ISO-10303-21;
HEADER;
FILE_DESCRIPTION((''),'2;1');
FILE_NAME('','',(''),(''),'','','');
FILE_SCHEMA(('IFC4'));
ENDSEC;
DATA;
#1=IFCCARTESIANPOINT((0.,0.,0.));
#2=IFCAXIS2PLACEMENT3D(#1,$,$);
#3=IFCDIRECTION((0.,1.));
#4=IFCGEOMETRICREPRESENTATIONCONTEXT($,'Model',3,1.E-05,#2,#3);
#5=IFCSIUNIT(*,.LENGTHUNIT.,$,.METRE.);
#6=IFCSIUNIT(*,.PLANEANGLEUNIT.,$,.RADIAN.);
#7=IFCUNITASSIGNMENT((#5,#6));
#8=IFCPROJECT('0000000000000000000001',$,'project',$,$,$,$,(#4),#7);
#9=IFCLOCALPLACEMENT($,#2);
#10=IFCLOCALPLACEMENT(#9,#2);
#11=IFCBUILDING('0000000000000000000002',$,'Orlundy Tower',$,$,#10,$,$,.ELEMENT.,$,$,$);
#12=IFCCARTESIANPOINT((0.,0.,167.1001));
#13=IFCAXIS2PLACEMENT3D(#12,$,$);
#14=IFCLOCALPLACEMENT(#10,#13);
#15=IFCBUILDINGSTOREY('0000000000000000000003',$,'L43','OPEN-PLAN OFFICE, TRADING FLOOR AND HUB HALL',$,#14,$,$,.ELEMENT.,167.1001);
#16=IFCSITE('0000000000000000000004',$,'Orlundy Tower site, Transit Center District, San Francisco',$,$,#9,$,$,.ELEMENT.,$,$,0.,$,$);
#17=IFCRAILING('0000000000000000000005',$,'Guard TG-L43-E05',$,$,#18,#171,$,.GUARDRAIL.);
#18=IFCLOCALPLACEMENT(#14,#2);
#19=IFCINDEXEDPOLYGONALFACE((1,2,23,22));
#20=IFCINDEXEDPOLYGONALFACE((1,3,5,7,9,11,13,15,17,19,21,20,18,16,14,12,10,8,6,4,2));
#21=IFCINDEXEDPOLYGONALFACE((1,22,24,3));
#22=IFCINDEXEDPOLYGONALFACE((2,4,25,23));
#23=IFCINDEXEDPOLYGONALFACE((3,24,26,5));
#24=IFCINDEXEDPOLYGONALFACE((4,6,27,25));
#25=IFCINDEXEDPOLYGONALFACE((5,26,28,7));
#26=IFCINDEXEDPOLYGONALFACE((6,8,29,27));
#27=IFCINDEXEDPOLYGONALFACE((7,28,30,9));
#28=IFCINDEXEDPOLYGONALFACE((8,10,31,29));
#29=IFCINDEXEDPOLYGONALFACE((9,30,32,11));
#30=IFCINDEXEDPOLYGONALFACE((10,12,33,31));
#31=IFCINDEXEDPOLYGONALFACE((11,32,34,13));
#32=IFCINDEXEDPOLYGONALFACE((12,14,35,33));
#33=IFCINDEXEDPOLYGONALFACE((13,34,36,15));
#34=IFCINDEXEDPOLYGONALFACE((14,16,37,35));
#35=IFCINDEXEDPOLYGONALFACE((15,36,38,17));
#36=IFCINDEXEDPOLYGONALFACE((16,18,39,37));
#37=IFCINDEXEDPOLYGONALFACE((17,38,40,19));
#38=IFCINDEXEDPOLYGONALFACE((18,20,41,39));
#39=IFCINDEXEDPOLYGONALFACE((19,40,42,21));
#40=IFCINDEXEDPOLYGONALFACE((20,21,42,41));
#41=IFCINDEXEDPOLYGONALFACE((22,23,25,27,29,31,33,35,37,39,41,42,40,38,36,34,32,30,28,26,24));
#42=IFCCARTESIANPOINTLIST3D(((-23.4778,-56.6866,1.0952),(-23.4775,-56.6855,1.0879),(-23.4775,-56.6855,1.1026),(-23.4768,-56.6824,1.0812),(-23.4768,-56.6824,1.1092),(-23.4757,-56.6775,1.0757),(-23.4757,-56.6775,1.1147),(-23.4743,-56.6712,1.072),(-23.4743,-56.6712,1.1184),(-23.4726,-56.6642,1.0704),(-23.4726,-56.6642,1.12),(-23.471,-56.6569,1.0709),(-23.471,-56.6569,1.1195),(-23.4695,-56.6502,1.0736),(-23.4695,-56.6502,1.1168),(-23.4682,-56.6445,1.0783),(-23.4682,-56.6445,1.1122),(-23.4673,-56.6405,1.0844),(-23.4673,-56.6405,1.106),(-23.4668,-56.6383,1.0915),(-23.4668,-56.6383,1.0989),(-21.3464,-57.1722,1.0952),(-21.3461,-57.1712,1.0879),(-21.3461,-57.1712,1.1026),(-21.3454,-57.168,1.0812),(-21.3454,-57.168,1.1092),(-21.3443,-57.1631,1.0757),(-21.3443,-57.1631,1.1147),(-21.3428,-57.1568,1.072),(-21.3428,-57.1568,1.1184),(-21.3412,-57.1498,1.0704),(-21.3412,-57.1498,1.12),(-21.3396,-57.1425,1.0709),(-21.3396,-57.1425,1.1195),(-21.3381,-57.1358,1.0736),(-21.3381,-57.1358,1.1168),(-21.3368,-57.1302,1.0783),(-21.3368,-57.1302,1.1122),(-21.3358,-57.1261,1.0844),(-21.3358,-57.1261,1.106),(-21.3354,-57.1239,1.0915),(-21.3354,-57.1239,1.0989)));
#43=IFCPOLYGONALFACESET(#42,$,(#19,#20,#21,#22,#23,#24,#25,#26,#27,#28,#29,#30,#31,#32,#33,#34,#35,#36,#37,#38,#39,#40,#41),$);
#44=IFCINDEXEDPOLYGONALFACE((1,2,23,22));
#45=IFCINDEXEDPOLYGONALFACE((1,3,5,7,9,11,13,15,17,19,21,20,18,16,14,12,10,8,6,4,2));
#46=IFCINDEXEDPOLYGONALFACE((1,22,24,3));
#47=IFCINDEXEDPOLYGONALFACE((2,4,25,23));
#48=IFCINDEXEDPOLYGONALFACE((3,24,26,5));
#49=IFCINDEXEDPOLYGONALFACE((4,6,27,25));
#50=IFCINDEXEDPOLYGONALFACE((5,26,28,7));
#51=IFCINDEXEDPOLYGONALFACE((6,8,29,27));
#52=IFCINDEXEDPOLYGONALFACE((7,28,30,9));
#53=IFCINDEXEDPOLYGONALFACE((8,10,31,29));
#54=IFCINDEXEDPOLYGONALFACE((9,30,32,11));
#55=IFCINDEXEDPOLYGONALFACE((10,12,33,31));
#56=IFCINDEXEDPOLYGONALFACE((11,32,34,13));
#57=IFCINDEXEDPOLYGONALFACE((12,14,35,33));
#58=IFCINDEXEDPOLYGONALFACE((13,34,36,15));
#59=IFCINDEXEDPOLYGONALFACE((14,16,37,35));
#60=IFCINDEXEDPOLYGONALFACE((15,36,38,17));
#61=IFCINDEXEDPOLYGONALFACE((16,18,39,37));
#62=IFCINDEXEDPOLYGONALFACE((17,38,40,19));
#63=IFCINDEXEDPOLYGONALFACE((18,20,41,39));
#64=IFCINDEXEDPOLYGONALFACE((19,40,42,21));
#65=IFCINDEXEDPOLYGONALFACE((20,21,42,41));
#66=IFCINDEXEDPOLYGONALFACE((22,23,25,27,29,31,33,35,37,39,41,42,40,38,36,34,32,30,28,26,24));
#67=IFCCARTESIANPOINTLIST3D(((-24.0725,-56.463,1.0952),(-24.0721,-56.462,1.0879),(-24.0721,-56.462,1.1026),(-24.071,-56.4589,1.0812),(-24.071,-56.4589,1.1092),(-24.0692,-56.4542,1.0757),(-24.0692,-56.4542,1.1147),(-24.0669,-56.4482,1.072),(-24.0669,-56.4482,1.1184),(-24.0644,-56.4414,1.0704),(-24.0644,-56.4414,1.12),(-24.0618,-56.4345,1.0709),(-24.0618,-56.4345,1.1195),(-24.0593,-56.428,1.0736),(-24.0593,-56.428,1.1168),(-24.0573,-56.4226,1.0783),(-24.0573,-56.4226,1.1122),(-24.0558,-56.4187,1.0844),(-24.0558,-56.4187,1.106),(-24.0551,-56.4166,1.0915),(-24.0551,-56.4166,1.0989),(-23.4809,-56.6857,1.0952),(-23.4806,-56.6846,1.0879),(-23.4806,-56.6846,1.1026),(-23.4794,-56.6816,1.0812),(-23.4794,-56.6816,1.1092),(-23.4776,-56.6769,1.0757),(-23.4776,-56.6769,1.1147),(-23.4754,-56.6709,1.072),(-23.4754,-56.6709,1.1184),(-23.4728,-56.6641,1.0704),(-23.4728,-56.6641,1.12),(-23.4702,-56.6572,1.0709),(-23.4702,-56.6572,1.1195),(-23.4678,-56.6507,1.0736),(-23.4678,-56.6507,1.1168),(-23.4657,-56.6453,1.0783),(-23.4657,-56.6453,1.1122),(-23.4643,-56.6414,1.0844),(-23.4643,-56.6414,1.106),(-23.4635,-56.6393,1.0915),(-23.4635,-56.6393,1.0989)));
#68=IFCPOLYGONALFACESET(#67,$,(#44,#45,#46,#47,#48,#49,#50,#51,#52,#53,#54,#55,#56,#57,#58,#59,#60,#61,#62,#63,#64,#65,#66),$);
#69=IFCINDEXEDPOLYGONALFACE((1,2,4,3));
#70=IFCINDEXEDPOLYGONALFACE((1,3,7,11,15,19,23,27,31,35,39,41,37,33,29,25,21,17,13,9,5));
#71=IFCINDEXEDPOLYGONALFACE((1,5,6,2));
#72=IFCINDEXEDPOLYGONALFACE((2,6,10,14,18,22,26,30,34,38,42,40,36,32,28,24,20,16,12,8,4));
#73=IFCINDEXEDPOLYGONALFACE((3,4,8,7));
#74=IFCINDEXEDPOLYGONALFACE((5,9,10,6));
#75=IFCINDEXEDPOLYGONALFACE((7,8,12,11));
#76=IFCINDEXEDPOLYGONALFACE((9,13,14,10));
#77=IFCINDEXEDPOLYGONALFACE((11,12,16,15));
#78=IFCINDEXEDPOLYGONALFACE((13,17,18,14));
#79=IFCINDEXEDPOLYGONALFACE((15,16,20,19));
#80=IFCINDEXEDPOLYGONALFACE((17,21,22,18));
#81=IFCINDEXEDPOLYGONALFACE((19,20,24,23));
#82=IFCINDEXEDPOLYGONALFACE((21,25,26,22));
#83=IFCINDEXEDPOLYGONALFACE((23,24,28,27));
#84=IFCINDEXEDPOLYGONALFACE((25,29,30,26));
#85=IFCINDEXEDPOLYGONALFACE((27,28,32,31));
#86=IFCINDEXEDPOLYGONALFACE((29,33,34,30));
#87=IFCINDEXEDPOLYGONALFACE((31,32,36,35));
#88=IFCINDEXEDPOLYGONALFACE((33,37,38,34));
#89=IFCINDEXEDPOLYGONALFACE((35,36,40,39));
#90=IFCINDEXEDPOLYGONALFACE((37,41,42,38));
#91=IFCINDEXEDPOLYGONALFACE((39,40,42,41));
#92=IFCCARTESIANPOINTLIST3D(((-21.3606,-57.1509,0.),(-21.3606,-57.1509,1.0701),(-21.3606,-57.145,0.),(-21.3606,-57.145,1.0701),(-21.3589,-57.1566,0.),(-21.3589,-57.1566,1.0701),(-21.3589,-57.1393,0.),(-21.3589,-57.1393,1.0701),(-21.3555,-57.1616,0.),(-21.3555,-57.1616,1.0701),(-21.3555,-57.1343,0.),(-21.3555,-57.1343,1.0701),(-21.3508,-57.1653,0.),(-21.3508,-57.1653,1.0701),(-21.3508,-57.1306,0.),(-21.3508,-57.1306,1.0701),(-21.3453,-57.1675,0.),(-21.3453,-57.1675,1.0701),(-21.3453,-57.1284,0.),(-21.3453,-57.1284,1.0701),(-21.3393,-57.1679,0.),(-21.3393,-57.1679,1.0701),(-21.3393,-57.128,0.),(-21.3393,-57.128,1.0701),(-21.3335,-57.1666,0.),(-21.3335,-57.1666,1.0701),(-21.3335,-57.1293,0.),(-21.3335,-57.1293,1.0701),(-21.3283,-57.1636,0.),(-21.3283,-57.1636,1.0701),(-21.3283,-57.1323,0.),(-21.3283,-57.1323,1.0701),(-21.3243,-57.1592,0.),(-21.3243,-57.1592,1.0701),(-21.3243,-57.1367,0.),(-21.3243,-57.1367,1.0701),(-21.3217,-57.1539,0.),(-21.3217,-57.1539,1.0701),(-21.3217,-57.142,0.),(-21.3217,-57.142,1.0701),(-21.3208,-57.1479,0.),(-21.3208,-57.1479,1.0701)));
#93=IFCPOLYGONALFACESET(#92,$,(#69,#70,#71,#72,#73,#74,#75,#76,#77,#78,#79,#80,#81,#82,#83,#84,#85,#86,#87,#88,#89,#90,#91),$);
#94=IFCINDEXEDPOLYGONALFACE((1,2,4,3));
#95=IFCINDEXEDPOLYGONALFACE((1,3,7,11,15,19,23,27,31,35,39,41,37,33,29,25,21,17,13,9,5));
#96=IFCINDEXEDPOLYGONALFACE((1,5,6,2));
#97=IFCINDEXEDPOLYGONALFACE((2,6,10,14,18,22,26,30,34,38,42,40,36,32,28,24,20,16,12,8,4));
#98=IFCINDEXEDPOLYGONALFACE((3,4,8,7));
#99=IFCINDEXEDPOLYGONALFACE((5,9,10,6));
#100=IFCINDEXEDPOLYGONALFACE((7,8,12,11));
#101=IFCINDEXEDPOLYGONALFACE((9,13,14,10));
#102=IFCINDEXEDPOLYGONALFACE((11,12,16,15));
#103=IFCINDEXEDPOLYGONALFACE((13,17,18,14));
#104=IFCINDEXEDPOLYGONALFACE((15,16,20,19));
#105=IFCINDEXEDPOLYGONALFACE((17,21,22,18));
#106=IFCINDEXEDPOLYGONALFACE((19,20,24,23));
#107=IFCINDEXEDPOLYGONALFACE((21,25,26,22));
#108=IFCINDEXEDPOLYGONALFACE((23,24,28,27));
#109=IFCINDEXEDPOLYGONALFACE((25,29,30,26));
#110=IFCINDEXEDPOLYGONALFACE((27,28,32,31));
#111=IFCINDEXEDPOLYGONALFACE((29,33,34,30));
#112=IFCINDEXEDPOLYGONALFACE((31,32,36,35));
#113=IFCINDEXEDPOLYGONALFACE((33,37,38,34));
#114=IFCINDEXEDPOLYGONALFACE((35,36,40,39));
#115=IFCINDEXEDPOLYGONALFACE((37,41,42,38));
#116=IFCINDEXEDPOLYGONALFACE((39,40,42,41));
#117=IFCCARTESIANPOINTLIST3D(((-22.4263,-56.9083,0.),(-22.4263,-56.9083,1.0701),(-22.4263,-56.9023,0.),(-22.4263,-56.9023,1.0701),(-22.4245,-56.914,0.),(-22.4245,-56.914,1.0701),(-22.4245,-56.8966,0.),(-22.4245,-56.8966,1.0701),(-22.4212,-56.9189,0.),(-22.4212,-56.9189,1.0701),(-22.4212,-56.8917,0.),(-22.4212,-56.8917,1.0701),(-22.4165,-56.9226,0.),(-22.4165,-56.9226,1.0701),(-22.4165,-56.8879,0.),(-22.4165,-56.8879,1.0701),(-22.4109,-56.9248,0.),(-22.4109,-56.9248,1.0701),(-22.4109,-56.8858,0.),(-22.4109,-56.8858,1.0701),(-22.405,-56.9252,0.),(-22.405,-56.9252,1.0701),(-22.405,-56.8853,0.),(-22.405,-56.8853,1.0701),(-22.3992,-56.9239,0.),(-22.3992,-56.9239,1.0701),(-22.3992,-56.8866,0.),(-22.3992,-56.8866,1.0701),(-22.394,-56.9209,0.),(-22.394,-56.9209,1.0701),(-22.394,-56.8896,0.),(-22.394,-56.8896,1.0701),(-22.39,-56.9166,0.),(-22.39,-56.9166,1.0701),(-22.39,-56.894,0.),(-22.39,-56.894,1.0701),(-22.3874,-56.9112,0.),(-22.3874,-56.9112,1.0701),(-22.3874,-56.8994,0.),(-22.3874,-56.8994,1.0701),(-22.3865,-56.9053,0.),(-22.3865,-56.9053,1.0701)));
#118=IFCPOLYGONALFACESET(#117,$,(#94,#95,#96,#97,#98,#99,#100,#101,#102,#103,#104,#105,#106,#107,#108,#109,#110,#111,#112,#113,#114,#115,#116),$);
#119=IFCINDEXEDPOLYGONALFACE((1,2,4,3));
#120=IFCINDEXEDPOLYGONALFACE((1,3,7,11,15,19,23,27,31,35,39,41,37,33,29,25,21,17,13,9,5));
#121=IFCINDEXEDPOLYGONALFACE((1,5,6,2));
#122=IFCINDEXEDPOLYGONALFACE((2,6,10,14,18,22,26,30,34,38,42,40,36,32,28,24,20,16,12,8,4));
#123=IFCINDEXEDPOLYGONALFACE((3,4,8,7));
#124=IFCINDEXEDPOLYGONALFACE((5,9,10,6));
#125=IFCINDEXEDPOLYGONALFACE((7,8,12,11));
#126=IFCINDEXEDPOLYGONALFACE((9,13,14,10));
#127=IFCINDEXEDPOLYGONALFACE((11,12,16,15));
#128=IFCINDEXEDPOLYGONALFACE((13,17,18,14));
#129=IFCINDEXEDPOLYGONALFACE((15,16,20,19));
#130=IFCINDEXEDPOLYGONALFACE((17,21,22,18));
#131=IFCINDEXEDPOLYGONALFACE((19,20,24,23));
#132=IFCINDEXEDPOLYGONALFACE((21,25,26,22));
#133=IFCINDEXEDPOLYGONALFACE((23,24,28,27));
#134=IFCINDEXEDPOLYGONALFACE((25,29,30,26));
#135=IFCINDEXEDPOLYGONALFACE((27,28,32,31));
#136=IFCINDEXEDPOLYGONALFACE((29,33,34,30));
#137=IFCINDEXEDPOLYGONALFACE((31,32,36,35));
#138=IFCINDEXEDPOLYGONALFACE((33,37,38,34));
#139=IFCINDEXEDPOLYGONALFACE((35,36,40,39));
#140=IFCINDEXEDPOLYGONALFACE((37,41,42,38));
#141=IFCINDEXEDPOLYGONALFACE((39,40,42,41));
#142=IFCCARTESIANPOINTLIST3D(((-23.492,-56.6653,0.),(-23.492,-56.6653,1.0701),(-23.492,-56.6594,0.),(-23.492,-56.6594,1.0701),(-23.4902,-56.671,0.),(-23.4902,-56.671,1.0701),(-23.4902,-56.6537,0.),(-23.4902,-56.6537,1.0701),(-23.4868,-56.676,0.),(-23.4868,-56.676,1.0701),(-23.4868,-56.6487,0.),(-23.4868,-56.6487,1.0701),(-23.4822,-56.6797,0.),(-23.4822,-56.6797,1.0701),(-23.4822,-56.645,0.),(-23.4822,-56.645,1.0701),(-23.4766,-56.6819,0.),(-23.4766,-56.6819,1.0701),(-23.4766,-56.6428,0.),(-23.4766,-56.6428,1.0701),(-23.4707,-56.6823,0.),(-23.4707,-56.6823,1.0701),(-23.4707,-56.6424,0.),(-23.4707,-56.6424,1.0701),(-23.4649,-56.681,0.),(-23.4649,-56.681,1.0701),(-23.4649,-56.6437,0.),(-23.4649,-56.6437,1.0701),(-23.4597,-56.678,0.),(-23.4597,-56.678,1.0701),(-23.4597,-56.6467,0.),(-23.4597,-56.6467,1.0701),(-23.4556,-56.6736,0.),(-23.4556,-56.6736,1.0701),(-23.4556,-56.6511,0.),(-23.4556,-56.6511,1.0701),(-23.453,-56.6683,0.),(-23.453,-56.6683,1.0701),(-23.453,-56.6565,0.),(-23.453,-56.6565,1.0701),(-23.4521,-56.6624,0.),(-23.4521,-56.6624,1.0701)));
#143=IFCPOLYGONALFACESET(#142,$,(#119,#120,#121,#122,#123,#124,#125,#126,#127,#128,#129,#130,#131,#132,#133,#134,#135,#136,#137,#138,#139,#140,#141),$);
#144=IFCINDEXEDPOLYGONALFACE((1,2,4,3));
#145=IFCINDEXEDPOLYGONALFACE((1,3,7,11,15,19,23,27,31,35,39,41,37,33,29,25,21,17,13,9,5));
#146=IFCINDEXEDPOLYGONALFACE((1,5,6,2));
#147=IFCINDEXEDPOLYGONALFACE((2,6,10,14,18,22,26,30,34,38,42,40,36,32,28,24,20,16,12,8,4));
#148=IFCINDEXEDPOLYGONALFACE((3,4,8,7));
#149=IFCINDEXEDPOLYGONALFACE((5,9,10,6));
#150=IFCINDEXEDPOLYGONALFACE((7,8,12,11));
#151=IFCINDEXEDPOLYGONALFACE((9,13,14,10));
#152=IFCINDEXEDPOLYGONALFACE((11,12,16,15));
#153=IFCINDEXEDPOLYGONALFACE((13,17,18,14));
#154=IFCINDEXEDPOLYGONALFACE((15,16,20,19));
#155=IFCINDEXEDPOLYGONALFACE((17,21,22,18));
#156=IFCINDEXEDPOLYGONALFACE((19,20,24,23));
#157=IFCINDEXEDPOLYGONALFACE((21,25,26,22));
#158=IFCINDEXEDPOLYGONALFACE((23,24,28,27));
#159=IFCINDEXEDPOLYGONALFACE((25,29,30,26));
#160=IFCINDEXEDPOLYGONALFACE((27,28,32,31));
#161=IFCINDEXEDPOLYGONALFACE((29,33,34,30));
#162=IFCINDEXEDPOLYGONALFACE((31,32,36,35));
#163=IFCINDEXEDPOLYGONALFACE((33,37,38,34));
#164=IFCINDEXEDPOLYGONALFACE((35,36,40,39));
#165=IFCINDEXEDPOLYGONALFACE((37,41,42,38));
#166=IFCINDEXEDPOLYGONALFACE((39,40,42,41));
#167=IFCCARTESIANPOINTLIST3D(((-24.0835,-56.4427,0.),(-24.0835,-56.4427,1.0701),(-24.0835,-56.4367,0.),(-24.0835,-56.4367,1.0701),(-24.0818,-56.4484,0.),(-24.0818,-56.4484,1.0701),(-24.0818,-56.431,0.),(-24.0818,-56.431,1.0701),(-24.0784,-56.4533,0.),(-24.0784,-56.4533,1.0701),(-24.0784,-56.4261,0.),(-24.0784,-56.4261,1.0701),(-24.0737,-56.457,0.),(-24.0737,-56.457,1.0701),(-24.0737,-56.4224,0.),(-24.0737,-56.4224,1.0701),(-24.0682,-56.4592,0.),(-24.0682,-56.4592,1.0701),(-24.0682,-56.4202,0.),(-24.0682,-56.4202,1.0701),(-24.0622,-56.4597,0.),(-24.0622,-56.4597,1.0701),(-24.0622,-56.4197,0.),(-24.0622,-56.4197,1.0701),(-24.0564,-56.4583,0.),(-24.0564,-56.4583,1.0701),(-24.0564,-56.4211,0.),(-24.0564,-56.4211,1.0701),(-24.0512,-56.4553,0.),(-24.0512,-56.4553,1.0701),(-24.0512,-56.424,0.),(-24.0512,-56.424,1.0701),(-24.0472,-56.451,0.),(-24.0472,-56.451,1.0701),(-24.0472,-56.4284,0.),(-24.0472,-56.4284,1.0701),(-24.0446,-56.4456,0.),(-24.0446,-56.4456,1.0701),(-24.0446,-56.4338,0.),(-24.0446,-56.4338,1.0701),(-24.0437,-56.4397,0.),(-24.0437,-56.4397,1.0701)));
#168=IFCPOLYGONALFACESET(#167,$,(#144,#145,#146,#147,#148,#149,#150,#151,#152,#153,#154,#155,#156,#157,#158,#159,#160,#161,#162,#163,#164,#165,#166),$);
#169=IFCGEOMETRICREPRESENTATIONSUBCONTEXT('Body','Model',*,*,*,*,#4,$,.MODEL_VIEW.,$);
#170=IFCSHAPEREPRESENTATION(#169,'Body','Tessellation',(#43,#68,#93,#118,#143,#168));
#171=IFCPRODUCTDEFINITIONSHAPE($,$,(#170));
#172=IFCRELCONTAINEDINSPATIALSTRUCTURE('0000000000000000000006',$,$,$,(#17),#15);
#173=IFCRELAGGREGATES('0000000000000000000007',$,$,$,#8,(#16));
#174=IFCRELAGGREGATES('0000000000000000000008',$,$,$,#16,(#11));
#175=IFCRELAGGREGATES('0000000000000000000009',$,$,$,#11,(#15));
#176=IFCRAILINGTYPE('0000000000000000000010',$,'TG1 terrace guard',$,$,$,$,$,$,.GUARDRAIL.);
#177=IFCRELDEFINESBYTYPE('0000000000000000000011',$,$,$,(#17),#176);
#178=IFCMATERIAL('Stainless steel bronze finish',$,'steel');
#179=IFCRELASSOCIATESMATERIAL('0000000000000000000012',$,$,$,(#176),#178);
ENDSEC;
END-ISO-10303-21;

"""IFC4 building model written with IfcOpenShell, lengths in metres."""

from ifc_helpers import new_model, si_unit, direction, frame, origin, origin_2d, place, context, subcontext, project, spatial, circle, extrude, material, type_object, element, save


model = new_model("IFC4")

# Units and contexts
model_context = context("Model", 3, precision=1e-05, world=origin(), true_north=direction((0.0, 1.0)))
body_context = subcontext(model_context, "Body", "Model", "MODEL_VIEW")
ifc_project = project(units=[si_unit("LENGTHUNIT", "METRE"), si_unit("PLANEANGLEUNIT", "RADIAN")], contexts=[model_context])

# Site, building, storey
site_placement = place(None, origin())
site = spatial("IfcSite", under=ifc_project, at=site_placement, Name="Orlundy Tower site, Transit Center District, San Francisco", CompositionType="ELEMENT", RefElevation=0.0)
building_placement = place(site_placement, origin())
building = spatial("IfcBuilding", under=site, at=building_placement, Name="Orlundy Tower", CompositionType="ELEMENT")
storey_placement = place(building_placement, frame((0.0, 0.0, 167.1001)))
storey = spatial("IfcBuildingStorey", under=building, at=storey_placement, Name="L43", Description="OPEN-PLAN OFFICE, TRADING FLOOR AND HUB HALL", CompositionType="ELEMENT", Elevation=167.1001)

# Railing
ifc_material_1 = material(Name="Stainless steel bronze finish", Category="steel")
railing_type = type_object("IfcRailingType", Name="TG1 terrace guard", PredefinedType="GUARDRAIL", material=ifc_material_1)
railing_1_placement = place(storey_placement, frame((-21.3408, -57.1479, 0.0)))
element("IfcRailing", 1, at=railing_1_placement, inside=storey, type_object=railing_type, Name="Guard TG-L43-E05", PredefinedType="GUARDRAIL", context=body_context, shape_type="SweptSolid", body=[
    extrude(circle(Radius=0.0249, at=origin_2d()), frame((0.0, 0.0, 1.0952), z_axis=(-0.975014, 0.222142, 0.0), x_axis=(-0.222142, -0.975014, 0.0)), (0.0, 0.0, 1.0), 2.186),
    extrude(circle(Radius=0.0249, at=origin_2d()), frame((-2.1313, 0.4856, 1.0952), z_axis=(-0.9359, 0.352266, 0.0), x_axis=(-0.352266, -0.9359, 0.0)), (0.0, 0.0, 1.0), 0.6321),
    extrude(circle(Radius=0.02, at=origin_2d()), origin(), (0.0, 0.0, 1.0), 1.0701),
    extrude(circle(Radius=0.02, at=origin_2d()), frame((-1.0657, 0.2427, 0.0)), (0.0, 0.0, 1.0), 1.0701),
    extrude(circle(Radius=0.02, at=origin_2d()), frame((-2.1313, 0.4856, 0.0)), (0.0, 0.0, 1.0), 1.0701),
    extrude(circle(Radius=0.02, at=origin_2d()), frame((-2.7229, 0.7083, 0.0)), (0.0, 0.0, 1.0), 1.0701),
])

save(model, "model.ifc")
